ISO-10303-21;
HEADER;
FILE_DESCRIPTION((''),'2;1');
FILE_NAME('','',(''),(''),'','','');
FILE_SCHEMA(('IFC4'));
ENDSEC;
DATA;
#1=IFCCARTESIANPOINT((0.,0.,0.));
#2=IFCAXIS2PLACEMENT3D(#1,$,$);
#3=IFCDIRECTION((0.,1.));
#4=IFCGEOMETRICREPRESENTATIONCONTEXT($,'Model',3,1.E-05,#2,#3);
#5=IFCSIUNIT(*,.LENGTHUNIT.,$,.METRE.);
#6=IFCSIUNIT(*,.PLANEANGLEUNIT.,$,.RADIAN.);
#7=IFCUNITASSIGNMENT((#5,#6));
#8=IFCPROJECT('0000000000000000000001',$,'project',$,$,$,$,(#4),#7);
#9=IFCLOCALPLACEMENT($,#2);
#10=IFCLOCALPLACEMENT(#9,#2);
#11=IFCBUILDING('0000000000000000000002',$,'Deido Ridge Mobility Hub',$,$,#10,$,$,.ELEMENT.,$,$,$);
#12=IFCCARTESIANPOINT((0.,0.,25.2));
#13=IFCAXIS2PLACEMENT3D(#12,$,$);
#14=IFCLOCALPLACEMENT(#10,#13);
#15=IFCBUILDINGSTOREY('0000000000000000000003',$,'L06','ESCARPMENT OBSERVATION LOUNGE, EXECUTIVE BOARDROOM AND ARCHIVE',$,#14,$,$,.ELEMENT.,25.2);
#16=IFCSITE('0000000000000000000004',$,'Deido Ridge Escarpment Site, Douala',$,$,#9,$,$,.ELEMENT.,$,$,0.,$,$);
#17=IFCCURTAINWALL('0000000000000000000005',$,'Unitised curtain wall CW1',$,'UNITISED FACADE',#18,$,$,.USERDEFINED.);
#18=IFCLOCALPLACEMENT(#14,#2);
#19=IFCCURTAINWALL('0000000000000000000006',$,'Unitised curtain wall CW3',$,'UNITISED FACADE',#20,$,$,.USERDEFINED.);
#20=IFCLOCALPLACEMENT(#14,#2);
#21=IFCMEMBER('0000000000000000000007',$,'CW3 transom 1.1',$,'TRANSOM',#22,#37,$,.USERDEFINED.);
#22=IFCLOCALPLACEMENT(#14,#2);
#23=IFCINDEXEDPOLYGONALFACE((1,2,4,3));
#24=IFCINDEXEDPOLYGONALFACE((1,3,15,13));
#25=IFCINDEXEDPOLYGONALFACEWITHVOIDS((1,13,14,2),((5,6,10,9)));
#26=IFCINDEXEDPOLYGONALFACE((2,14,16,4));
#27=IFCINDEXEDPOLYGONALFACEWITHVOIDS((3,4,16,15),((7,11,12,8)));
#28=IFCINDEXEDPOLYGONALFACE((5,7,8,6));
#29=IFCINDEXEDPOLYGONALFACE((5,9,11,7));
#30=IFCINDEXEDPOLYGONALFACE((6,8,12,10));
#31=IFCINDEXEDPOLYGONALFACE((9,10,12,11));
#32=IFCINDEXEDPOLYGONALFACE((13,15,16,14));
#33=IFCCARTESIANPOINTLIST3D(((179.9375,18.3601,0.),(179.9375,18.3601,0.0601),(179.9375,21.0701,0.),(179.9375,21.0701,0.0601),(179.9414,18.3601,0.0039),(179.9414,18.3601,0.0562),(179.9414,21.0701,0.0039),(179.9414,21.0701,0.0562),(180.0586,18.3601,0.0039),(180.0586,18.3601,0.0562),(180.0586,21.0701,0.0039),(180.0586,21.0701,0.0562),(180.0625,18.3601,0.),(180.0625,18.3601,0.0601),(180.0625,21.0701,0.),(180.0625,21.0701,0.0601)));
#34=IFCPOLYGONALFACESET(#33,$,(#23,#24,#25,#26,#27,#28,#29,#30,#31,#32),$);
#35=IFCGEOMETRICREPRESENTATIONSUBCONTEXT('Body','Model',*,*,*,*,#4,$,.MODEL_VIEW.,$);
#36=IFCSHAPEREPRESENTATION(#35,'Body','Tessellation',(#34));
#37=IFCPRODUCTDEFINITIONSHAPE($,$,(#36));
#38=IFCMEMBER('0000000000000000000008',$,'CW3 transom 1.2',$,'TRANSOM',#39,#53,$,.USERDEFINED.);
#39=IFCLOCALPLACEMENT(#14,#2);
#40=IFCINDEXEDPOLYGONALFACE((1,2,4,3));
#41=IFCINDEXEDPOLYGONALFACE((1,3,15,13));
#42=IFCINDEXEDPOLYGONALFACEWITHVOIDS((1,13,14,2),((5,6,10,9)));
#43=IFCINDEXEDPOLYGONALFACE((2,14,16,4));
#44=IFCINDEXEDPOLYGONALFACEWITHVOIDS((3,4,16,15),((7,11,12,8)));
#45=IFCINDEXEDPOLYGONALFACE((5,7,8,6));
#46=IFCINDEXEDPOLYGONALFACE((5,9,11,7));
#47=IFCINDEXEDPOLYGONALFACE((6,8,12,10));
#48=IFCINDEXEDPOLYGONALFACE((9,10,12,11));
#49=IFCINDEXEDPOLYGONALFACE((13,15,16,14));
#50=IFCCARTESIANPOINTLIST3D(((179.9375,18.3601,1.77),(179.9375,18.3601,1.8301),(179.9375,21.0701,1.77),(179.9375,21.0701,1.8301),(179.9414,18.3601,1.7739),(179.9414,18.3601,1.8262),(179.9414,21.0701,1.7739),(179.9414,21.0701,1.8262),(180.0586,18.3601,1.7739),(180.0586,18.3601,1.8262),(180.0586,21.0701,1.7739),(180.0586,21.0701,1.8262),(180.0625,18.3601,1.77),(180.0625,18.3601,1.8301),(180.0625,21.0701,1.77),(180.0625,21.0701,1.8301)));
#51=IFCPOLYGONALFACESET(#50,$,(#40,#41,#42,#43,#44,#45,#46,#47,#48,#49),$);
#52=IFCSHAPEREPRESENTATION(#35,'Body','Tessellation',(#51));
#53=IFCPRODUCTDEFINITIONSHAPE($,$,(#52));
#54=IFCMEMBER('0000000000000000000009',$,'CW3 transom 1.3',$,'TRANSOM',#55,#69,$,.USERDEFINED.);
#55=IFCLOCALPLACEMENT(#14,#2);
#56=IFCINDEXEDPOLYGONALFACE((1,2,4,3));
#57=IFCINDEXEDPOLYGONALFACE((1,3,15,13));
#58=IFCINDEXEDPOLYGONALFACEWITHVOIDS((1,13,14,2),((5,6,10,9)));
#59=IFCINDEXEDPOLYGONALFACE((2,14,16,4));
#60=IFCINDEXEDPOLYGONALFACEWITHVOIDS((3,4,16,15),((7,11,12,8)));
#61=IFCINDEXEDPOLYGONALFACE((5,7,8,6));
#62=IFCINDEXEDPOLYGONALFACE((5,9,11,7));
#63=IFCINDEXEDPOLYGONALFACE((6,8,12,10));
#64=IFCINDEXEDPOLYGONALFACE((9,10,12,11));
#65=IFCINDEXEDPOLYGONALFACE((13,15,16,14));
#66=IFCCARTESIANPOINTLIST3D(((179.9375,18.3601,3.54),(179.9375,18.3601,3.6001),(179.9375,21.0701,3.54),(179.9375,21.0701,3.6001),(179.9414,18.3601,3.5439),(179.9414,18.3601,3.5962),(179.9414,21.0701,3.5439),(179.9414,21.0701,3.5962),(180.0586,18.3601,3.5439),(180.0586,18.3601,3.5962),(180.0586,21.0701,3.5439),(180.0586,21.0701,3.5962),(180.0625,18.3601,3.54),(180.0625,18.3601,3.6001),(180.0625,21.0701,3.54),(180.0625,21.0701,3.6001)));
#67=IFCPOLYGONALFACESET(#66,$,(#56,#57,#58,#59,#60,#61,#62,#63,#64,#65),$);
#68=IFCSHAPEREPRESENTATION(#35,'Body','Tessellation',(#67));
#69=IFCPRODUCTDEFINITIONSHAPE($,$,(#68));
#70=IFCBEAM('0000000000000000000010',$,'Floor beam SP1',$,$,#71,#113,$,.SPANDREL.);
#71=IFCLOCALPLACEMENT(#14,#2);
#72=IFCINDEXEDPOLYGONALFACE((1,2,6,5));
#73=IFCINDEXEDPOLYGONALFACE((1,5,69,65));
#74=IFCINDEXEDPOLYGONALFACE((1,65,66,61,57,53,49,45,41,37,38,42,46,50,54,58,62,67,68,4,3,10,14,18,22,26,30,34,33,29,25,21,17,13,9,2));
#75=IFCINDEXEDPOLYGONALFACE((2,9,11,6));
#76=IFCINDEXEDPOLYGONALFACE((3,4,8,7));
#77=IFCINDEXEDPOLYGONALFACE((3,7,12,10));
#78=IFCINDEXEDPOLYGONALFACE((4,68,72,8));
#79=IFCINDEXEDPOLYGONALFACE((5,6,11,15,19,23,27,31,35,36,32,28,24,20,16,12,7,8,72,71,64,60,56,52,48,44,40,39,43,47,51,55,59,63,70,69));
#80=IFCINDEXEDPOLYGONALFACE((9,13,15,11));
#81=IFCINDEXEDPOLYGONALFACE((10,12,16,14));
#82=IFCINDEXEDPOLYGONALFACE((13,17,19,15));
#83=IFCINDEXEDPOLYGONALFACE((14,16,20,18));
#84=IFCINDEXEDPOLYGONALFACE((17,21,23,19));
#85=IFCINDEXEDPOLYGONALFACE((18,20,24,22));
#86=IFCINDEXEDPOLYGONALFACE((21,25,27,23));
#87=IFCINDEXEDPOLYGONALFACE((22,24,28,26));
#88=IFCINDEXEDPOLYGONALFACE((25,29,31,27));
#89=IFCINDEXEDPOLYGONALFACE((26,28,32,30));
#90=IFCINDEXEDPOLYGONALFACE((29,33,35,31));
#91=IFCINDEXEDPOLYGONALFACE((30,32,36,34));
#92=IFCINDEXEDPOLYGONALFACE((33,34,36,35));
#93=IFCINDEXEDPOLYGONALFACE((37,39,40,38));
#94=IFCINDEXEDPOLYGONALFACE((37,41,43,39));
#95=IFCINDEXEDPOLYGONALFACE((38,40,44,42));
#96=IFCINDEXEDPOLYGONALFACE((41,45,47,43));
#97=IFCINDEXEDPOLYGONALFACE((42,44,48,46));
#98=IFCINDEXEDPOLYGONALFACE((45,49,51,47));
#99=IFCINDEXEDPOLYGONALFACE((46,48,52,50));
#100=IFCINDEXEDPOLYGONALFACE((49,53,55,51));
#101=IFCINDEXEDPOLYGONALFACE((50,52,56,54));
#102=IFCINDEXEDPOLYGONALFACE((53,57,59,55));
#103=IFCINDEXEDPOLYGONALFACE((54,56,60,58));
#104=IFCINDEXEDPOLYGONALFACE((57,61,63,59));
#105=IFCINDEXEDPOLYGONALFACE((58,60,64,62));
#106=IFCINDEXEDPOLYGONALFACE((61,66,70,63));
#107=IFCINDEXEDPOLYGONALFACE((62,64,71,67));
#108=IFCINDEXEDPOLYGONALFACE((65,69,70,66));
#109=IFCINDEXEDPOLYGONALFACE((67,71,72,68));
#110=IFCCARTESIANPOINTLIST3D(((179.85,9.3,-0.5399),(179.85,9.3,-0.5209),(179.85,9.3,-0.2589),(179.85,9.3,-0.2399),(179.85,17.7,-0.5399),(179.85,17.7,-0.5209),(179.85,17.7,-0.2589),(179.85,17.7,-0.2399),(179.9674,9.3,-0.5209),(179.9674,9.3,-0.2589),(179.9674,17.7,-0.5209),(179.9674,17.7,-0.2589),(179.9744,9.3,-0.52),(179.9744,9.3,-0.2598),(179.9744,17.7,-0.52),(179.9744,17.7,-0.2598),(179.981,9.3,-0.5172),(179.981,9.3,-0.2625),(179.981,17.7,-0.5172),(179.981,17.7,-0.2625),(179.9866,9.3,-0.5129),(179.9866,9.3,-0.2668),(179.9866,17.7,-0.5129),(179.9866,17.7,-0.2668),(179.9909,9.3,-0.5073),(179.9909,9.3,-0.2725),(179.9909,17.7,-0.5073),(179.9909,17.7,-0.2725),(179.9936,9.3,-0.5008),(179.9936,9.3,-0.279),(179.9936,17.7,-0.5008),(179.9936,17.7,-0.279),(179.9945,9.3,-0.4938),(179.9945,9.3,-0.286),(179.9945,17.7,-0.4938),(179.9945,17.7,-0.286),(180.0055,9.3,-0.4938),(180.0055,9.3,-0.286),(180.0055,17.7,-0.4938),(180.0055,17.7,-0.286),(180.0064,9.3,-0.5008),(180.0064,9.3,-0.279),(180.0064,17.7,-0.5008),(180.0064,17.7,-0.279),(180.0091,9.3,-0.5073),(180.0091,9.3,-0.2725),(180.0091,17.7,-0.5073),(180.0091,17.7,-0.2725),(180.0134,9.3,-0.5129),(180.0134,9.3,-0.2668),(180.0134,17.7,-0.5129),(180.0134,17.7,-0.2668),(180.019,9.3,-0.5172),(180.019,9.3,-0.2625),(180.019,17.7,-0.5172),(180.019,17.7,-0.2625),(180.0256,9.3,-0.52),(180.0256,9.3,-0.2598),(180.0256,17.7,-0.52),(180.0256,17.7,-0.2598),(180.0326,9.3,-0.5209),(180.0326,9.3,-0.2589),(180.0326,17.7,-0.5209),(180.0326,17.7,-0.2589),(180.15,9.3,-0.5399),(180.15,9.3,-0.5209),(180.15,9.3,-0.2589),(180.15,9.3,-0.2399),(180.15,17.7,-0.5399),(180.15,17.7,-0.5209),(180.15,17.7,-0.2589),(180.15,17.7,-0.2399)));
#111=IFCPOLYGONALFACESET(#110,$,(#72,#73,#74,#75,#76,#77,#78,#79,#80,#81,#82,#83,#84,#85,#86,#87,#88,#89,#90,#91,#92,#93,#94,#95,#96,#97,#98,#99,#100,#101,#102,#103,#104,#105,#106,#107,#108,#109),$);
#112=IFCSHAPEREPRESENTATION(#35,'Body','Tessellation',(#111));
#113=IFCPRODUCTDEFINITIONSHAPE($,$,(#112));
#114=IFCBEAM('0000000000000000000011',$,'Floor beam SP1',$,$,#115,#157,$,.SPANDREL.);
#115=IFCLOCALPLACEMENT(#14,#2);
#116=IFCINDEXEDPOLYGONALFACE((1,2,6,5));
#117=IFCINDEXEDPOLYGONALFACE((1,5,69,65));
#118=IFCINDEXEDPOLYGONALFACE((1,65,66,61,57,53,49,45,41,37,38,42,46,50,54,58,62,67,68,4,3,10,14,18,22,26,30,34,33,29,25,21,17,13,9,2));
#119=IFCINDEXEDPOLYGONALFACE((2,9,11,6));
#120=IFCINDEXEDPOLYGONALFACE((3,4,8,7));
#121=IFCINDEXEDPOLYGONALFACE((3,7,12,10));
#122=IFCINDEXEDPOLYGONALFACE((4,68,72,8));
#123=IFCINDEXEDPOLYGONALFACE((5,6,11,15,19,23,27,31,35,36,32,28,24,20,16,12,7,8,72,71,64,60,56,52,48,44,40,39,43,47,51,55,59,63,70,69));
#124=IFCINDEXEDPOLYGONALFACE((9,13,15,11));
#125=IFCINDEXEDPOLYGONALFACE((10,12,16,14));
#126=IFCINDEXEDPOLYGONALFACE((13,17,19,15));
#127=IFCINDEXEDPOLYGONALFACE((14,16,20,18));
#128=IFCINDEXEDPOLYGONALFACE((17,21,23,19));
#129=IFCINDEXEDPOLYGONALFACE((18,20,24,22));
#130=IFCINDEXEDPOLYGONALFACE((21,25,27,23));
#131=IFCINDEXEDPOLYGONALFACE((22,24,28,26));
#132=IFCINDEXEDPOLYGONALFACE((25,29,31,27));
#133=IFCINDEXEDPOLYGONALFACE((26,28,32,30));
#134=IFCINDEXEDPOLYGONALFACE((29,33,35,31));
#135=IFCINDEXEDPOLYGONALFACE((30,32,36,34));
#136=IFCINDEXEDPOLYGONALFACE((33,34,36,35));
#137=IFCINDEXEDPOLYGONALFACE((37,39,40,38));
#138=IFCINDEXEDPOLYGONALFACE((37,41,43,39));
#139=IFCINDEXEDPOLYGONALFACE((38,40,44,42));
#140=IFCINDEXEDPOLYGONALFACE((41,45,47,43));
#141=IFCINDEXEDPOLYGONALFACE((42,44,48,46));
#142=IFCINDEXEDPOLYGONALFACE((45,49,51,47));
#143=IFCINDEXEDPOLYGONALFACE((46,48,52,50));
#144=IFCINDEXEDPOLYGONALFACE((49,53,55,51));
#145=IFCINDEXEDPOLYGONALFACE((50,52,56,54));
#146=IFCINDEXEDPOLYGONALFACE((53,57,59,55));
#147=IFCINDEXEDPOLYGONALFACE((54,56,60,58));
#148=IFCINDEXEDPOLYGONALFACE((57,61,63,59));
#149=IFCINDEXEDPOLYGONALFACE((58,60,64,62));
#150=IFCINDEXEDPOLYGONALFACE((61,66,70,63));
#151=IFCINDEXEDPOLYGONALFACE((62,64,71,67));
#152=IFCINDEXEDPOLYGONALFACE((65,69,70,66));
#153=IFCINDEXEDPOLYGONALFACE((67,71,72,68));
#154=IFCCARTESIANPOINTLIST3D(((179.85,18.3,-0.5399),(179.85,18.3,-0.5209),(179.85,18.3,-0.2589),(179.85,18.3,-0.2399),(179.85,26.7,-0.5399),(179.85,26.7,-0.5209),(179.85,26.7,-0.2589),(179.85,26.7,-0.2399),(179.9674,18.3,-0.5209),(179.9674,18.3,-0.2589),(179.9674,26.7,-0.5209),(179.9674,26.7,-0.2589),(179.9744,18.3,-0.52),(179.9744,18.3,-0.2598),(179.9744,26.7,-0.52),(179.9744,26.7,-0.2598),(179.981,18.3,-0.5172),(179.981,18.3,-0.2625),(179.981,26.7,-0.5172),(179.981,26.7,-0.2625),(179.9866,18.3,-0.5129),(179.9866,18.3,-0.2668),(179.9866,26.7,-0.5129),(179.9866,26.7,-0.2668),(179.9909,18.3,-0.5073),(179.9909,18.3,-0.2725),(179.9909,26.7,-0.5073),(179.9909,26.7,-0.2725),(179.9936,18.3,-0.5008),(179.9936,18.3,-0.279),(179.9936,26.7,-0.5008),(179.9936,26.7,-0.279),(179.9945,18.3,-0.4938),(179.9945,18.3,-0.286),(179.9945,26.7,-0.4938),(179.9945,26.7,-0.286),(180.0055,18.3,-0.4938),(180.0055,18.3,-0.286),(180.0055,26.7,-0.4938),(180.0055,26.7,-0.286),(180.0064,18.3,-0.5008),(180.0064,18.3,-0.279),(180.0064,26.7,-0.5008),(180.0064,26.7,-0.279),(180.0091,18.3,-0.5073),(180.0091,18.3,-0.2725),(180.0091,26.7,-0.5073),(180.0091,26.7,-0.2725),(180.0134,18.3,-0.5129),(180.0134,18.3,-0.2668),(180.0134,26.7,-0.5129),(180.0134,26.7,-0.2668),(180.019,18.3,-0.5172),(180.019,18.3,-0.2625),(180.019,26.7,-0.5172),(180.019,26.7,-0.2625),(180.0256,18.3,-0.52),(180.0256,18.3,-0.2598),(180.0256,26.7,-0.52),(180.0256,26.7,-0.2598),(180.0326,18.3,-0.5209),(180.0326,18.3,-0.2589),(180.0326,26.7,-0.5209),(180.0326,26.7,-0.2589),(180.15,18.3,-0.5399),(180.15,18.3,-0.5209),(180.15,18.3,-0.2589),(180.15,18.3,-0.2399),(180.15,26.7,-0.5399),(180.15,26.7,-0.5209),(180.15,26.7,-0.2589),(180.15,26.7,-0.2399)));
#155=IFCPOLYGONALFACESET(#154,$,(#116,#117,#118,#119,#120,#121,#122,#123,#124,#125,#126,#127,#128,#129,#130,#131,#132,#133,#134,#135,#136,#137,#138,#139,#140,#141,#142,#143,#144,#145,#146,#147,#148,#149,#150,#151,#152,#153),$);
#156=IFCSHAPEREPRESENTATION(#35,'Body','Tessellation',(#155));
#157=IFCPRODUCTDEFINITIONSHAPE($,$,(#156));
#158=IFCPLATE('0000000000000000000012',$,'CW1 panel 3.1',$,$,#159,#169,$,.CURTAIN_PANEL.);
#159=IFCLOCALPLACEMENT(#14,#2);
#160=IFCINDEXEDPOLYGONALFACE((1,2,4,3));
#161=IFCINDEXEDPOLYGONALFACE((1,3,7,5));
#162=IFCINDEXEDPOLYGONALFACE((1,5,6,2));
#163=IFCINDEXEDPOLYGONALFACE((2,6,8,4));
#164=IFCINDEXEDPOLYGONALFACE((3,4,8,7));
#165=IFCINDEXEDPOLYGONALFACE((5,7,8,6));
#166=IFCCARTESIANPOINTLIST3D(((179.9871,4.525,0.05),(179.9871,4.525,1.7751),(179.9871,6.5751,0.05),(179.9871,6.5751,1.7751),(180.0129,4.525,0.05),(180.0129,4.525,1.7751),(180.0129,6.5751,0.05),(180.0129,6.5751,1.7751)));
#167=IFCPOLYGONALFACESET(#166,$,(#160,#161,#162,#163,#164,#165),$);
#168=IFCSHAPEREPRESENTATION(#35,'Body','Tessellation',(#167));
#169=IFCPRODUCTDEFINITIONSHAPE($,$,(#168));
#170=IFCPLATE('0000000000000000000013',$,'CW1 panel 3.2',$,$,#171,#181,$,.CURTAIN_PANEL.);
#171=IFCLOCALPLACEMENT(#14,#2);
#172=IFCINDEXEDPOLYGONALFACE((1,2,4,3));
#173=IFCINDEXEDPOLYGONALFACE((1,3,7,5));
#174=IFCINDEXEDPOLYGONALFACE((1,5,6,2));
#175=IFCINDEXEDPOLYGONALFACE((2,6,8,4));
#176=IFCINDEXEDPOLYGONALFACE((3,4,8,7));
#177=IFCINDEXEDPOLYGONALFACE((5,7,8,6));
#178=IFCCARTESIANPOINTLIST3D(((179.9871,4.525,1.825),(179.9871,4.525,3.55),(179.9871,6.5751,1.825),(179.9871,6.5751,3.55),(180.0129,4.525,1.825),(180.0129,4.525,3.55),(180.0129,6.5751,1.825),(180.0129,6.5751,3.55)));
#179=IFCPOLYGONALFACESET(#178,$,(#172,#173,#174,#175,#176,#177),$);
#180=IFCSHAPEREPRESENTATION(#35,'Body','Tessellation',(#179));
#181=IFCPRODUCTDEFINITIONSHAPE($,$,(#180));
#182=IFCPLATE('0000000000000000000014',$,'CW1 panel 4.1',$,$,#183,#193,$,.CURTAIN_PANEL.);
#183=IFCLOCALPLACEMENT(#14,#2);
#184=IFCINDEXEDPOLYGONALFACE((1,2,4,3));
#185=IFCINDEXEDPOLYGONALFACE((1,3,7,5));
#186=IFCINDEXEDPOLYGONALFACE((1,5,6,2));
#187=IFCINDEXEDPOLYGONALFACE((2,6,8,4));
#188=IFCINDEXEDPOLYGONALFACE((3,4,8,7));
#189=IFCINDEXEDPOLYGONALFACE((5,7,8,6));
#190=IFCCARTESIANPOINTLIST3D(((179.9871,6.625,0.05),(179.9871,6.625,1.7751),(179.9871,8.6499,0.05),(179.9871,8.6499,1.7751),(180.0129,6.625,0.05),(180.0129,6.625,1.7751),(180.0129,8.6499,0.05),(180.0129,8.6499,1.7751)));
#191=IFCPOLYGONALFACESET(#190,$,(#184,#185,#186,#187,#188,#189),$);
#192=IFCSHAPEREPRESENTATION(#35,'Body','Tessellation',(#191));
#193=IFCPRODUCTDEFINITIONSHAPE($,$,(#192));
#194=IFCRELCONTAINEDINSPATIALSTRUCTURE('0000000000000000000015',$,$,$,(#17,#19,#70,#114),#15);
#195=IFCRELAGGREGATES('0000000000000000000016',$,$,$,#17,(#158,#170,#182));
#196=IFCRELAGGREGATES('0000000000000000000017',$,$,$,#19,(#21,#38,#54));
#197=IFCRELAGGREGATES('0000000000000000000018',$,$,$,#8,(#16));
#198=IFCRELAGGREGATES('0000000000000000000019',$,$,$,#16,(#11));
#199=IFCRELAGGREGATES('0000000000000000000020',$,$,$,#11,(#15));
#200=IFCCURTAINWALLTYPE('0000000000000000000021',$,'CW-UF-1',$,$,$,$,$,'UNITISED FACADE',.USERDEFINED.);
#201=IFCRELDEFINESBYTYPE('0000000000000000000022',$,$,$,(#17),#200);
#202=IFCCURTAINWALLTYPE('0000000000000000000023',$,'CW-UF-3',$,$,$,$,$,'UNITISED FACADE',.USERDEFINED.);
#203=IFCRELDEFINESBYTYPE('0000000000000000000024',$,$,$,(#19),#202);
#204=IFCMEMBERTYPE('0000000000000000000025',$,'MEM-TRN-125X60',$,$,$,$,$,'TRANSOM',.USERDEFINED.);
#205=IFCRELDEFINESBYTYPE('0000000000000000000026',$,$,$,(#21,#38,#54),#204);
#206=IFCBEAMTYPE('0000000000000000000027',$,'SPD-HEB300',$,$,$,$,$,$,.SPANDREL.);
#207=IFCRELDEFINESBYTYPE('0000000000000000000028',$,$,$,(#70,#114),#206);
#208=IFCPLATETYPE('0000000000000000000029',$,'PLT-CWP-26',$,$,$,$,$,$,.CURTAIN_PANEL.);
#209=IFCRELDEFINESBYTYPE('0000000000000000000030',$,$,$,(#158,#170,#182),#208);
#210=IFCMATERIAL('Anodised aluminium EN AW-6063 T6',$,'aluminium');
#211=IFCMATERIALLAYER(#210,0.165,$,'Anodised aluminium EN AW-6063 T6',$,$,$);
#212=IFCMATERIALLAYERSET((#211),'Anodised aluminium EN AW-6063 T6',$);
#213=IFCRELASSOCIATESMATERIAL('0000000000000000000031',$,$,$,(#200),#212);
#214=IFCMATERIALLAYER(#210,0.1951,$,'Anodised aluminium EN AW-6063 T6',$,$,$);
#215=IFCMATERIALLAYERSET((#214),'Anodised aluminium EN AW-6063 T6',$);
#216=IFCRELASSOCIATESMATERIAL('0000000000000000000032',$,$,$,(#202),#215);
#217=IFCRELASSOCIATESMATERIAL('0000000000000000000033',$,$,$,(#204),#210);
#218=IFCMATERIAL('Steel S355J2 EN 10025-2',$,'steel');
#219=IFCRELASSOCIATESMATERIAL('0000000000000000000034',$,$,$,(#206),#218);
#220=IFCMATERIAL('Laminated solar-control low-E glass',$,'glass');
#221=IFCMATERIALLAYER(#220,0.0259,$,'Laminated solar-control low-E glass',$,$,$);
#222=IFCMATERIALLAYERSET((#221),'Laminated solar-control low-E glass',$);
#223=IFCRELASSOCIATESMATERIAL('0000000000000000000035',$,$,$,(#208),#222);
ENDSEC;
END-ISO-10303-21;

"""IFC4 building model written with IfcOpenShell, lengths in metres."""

from ifc_helpers import new_model, si_unit, direction, frame, origin, origin_2d, place, context, subcontext, project, spatial, rectangle, hollow_rectangle, i_section, extrude, material, layer, layer_set, material_profile, profile_set, type_object, element, aggregate, save


model = new_model("IFC4")

# Units and contexts
model_context = context("Model", 3, precision=1e-05, world=origin(), true_north=direction((0.0, 1.0)))
body_context = subcontext(model_context, "Body", "Model", "MODEL_VIEW")
ifc_project = project(units=[si_unit("LENGTHUNIT", "METRE"), si_unit("PLANEANGLEUNIT", "RADIAN")], contexts=[model_context])

# Site, building, storey
site_placement = place(None, origin())
site = spatial("IfcSite", under=ifc_project, at=site_placement, Name="Deido Ridge Escarpment Site, Douala", CompositionType="ELEMENT", RefElevation=0.0)
building_placement = place(site_placement, origin())
building = spatial("IfcBuilding", under=site, at=building_placement, Name="Deido Ridge Mobility Hub", CompositionType="ELEMENT")
storey_placement = place(building_placement, frame((0.0, 0.0, 25.2)))
storey = spatial("IfcBuildingStorey", under=building, at=storey_placement, Name="L06", Description="ESCARPMENT OBSERVATION LOUNGE, EXECUTIVE BOARDROOM AND ARCHIVE", CompositionType="ELEMENT", Elevation=25.2)

# Shared definitions
ifc_material_1 = material(Name="Steel S355J2 EN 10025-2", Category="steel")

# Curtain walls
ifc_material_2 = material(Name="Anodised aluminium EN AW-6063 T6", Category="aluminium")
ifc_layer_1 = layer(ifc_material_2, 0.165, Name="Anodised aluminium EN AW-6063 T6")
ifc_layer_set_1 = layer_set([ifc_layer_1], Name="Anodised aluminium EN AW-6063 T6")
curtain_wall_type_1 = type_object("IfcCurtainWallType", Name="CW-UF-1", ElementType="UNITISED FACADE", PredefinedType="USERDEFINED", material=ifc_layer_set_1)
curtain_wall_1_placement = place(storey_placement, origin())
curtain_wall_1 = element("IfcCurtainWall", 1, at=curtain_wall_1_placement, inside=storey, type_object=curtain_wall_type_1, Name="Unitised curtain wall CW1", ObjectType="UNITISED FACADE", PredefinedType="USERDEFINED")
ifc_layer_2 = layer(ifc_material_2, 0.1951, Name="Anodised aluminium EN AW-6063 T6")
ifc_layer_set_2 = layer_set([ifc_layer_2], Name="Anodised aluminium EN AW-6063 T6")
curtain_wall_type_2 = type_object("IfcCurtainWallType", Name="CW-UF-3", ElementType="UNITISED FACADE", PredefinedType="USERDEFINED", material=ifc_layer_set_2)
curtain_wall_2_placement = place(storey_placement, origin())
curtain_wall_2 = element("IfcCurtainWall", 2, at=curtain_wall_2_placement, inside=storey, type_object=curtain_wall_type_2, Name="Unitised curtain wall CW3", ObjectType="UNITISED FACADE", PredefinedType="USERDEFINED")

# Members
ifc_material_profile_1 = material_profile(ifc_material_2, hollow_rectangle(XDim=0.125, YDim=0.0601, WallThickness=0.0039, at=origin_2d()), Name="RHS 125x60x4")
ifc_profile_set_1 = profile_set([ifc_material_profile_1], Name="Anodised aluminium EN AW-6063 T6")
member_type_1 = type_object("IfcMemberType", Name="MEM-TRN-125X60", ElementType="TRANSOM", PredefinedType="USERDEFINED", material=ifc_profile_set_1)
member_1_placement = place(storey_placement, frame((180.0, 18.3601, 0.03), z_axis=(0.0, 1.0, 0.0), x_axis=(-1.0, 0.0, 0.0)))
member_1 = element("IfcMember", 3, at=member_1_placement, type_object=member_type_1, Name="CW3 transom 1.1", ObjectType="TRANSOM", PredefinedType="USERDEFINED", context=body_context, shape_type="SweptSolid", body=[
    extrude(hollow_rectangle(XDim=0.125, YDim=0.0601, WallThickness=0.0039, at=origin_2d()), origin(), (0.0, 0.0, 1.0), 2.71),
])
member_2_placement = place(storey_placement, frame((180.0, 18.3601, 1.8), z_axis=(0.0, 1.0, 0.0), x_axis=(-1.0, 0.0, 0.0)))
member_2 = element("IfcMember", 4, at=member_2_placement, type_object=member_type_1, Name="CW3 transom 1.2", ObjectType="TRANSOM", PredefinedType="USERDEFINED", context=body_context, shape_type="SweptSolid", body=[
    extrude(hollow_rectangle(XDim=0.125, YDim=0.0601, WallThickness=0.0039, at=origin_2d()), origin(), (0.0, 0.0, 1.0), 2.71),
])
member_3_placement = place(storey_placement, frame((180.0, 18.3601, 3.5701), z_axis=(0.0, 1.0, 0.0), x_axis=(-1.0, 0.0, 0.0)))
member_3 = element("IfcMember", 5, at=member_3_placement, type_object=member_type_1, Name="CW3 transom 1.3", ObjectType="TRANSOM", PredefinedType="USERDEFINED", context=body_context, shape_type="SweptSolid", body=[
    extrude(hollow_rectangle(XDim=0.125, YDim=0.0601, WallThickness=0.0039, at=origin_2d()), origin(), (0.0, 0.0, 1.0), 2.71),
])

# Beams
ifc_material_profile_2 = material_profile(ifc_material_1, i_section(OverallWidth=0.3, OverallDepth=0.3, WebThickness=0.011, FlangeThickness=0.019, FilletRadius=0.0271, at=origin_2d()), Name="HEB 300")
ifc_profile_set_2 = profile_set([ifc_material_profile_2], Name="Steel S355J2 EN 10025-2")
beam_type_1 = type_object("IfcBeamType", Name="SPD-HEB300", PredefinedType="SPANDREL", material=ifc_profile_set_2)
for number, where, z_axis, x_axis, name in (
    (6, (180.0, 9.3, -0.3899), (0.0, 1.0, 0.0), (-1.0, 0.0, 0.0), "Floor beam SP1"),
    (7, (180.0, 18.3, -0.3899), (0.0, 1.0, 0.0), (-1.0, 0.0, 0.0), "Floor beam SP1"),
):
    element("IfcBeam", number, at=place(storey_placement, frame(where, z_axis=z_axis, x_axis=x_axis)), inside=storey, type_object=beam_type_1, Name=name, PredefinedType="SPANDREL", context=body_context, shape_type="SweptSolid", body=[
        extrude(i_section(OverallWidth=0.3, OverallDepth=0.3, WebThickness=0.011, FlangeThickness=0.019, FilletRadius=0.0271, at=origin_2d()), origin(), (0.0, 0.0, 1.0), 8.3999),
    ])

# Plates
ifc_material_3 = material(Name="Laminated solar-control low-E glass", Category="glass")
ifc_layer_3 = layer(ifc_material_3, 0.0259, Name="Laminated solar-control low-E glass")
ifc_layer_set_3 = layer_set([ifc_layer_3], Name="Laminated solar-control low-E glass")
plate_type_1 = type_object("IfcPlateType", Name="PLT-CWP-26", PredefinedType="CURTAIN_PANEL", material=ifc_layer_set_3)
plate_1_placement = place(storey_placement, frame((180.0, 5.55, 0.05), z_axis=(0.0, 0.0, 1.0), x_axis=(0.0, 1.0, 0.0)))
plate_1 = element("IfcPlate", 8, at=plate_1_placement, type_object=plate_type_1, Name="CW1 panel 3.1", PredefinedType="CURTAIN_PANEL", context=body_context, shape_type="SweptSolid", body=[
    extrude(rectangle(XDim=2.05, YDim=0.0259, at=origin_2d()), origin(), (0.0, 0.0, 1.0), 1.7251),
])
plate_2_placement = place(storey_placement, frame((180.0, 5.55, 1.825), z_axis=(0.0, 0.0, 1.0), x_axis=(0.0, 1.0, 0.0)))
plate_2 = element("IfcPlate", 9, at=plate_2_placement, type_object=plate_type_1, Name="CW1 panel 3.2", PredefinedType="CURTAIN_PANEL", context=body_context, shape_type="SweptSolid", body=[
    extrude(rectangle(XDim=2.05, YDim=0.0259, at=origin_2d()), origin(), (0.0, 0.0, 1.0), 1.7251),
])
plate_3_placement = place(storey_placement, frame((180.0, 7.6375, 0.05), z_axis=(0.0, 0.0, 1.0), x_axis=(0.0, 1.0, 0.0)))
plate_3 = element("IfcPlate", 10, at=plate_3_placement, type_object=plate_type_1, Name="CW1 panel 4.1", PredefinedType="CURTAIN_PANEL", context=body_context, shape_type="SweptSolid", body=[
    extrude(rectangle(XDim=2.0249, YDim=0.0259, at=origin_2d()), origin(), (0.0, 0.0, 1.0), 1.7251),
])
aggregate(curtain_wall_1, [plate_1, plate_2, plate_3])
aggregate(curtain_wall_2, [member_1, member_2, member_3])

save(model, "model.ifc")
